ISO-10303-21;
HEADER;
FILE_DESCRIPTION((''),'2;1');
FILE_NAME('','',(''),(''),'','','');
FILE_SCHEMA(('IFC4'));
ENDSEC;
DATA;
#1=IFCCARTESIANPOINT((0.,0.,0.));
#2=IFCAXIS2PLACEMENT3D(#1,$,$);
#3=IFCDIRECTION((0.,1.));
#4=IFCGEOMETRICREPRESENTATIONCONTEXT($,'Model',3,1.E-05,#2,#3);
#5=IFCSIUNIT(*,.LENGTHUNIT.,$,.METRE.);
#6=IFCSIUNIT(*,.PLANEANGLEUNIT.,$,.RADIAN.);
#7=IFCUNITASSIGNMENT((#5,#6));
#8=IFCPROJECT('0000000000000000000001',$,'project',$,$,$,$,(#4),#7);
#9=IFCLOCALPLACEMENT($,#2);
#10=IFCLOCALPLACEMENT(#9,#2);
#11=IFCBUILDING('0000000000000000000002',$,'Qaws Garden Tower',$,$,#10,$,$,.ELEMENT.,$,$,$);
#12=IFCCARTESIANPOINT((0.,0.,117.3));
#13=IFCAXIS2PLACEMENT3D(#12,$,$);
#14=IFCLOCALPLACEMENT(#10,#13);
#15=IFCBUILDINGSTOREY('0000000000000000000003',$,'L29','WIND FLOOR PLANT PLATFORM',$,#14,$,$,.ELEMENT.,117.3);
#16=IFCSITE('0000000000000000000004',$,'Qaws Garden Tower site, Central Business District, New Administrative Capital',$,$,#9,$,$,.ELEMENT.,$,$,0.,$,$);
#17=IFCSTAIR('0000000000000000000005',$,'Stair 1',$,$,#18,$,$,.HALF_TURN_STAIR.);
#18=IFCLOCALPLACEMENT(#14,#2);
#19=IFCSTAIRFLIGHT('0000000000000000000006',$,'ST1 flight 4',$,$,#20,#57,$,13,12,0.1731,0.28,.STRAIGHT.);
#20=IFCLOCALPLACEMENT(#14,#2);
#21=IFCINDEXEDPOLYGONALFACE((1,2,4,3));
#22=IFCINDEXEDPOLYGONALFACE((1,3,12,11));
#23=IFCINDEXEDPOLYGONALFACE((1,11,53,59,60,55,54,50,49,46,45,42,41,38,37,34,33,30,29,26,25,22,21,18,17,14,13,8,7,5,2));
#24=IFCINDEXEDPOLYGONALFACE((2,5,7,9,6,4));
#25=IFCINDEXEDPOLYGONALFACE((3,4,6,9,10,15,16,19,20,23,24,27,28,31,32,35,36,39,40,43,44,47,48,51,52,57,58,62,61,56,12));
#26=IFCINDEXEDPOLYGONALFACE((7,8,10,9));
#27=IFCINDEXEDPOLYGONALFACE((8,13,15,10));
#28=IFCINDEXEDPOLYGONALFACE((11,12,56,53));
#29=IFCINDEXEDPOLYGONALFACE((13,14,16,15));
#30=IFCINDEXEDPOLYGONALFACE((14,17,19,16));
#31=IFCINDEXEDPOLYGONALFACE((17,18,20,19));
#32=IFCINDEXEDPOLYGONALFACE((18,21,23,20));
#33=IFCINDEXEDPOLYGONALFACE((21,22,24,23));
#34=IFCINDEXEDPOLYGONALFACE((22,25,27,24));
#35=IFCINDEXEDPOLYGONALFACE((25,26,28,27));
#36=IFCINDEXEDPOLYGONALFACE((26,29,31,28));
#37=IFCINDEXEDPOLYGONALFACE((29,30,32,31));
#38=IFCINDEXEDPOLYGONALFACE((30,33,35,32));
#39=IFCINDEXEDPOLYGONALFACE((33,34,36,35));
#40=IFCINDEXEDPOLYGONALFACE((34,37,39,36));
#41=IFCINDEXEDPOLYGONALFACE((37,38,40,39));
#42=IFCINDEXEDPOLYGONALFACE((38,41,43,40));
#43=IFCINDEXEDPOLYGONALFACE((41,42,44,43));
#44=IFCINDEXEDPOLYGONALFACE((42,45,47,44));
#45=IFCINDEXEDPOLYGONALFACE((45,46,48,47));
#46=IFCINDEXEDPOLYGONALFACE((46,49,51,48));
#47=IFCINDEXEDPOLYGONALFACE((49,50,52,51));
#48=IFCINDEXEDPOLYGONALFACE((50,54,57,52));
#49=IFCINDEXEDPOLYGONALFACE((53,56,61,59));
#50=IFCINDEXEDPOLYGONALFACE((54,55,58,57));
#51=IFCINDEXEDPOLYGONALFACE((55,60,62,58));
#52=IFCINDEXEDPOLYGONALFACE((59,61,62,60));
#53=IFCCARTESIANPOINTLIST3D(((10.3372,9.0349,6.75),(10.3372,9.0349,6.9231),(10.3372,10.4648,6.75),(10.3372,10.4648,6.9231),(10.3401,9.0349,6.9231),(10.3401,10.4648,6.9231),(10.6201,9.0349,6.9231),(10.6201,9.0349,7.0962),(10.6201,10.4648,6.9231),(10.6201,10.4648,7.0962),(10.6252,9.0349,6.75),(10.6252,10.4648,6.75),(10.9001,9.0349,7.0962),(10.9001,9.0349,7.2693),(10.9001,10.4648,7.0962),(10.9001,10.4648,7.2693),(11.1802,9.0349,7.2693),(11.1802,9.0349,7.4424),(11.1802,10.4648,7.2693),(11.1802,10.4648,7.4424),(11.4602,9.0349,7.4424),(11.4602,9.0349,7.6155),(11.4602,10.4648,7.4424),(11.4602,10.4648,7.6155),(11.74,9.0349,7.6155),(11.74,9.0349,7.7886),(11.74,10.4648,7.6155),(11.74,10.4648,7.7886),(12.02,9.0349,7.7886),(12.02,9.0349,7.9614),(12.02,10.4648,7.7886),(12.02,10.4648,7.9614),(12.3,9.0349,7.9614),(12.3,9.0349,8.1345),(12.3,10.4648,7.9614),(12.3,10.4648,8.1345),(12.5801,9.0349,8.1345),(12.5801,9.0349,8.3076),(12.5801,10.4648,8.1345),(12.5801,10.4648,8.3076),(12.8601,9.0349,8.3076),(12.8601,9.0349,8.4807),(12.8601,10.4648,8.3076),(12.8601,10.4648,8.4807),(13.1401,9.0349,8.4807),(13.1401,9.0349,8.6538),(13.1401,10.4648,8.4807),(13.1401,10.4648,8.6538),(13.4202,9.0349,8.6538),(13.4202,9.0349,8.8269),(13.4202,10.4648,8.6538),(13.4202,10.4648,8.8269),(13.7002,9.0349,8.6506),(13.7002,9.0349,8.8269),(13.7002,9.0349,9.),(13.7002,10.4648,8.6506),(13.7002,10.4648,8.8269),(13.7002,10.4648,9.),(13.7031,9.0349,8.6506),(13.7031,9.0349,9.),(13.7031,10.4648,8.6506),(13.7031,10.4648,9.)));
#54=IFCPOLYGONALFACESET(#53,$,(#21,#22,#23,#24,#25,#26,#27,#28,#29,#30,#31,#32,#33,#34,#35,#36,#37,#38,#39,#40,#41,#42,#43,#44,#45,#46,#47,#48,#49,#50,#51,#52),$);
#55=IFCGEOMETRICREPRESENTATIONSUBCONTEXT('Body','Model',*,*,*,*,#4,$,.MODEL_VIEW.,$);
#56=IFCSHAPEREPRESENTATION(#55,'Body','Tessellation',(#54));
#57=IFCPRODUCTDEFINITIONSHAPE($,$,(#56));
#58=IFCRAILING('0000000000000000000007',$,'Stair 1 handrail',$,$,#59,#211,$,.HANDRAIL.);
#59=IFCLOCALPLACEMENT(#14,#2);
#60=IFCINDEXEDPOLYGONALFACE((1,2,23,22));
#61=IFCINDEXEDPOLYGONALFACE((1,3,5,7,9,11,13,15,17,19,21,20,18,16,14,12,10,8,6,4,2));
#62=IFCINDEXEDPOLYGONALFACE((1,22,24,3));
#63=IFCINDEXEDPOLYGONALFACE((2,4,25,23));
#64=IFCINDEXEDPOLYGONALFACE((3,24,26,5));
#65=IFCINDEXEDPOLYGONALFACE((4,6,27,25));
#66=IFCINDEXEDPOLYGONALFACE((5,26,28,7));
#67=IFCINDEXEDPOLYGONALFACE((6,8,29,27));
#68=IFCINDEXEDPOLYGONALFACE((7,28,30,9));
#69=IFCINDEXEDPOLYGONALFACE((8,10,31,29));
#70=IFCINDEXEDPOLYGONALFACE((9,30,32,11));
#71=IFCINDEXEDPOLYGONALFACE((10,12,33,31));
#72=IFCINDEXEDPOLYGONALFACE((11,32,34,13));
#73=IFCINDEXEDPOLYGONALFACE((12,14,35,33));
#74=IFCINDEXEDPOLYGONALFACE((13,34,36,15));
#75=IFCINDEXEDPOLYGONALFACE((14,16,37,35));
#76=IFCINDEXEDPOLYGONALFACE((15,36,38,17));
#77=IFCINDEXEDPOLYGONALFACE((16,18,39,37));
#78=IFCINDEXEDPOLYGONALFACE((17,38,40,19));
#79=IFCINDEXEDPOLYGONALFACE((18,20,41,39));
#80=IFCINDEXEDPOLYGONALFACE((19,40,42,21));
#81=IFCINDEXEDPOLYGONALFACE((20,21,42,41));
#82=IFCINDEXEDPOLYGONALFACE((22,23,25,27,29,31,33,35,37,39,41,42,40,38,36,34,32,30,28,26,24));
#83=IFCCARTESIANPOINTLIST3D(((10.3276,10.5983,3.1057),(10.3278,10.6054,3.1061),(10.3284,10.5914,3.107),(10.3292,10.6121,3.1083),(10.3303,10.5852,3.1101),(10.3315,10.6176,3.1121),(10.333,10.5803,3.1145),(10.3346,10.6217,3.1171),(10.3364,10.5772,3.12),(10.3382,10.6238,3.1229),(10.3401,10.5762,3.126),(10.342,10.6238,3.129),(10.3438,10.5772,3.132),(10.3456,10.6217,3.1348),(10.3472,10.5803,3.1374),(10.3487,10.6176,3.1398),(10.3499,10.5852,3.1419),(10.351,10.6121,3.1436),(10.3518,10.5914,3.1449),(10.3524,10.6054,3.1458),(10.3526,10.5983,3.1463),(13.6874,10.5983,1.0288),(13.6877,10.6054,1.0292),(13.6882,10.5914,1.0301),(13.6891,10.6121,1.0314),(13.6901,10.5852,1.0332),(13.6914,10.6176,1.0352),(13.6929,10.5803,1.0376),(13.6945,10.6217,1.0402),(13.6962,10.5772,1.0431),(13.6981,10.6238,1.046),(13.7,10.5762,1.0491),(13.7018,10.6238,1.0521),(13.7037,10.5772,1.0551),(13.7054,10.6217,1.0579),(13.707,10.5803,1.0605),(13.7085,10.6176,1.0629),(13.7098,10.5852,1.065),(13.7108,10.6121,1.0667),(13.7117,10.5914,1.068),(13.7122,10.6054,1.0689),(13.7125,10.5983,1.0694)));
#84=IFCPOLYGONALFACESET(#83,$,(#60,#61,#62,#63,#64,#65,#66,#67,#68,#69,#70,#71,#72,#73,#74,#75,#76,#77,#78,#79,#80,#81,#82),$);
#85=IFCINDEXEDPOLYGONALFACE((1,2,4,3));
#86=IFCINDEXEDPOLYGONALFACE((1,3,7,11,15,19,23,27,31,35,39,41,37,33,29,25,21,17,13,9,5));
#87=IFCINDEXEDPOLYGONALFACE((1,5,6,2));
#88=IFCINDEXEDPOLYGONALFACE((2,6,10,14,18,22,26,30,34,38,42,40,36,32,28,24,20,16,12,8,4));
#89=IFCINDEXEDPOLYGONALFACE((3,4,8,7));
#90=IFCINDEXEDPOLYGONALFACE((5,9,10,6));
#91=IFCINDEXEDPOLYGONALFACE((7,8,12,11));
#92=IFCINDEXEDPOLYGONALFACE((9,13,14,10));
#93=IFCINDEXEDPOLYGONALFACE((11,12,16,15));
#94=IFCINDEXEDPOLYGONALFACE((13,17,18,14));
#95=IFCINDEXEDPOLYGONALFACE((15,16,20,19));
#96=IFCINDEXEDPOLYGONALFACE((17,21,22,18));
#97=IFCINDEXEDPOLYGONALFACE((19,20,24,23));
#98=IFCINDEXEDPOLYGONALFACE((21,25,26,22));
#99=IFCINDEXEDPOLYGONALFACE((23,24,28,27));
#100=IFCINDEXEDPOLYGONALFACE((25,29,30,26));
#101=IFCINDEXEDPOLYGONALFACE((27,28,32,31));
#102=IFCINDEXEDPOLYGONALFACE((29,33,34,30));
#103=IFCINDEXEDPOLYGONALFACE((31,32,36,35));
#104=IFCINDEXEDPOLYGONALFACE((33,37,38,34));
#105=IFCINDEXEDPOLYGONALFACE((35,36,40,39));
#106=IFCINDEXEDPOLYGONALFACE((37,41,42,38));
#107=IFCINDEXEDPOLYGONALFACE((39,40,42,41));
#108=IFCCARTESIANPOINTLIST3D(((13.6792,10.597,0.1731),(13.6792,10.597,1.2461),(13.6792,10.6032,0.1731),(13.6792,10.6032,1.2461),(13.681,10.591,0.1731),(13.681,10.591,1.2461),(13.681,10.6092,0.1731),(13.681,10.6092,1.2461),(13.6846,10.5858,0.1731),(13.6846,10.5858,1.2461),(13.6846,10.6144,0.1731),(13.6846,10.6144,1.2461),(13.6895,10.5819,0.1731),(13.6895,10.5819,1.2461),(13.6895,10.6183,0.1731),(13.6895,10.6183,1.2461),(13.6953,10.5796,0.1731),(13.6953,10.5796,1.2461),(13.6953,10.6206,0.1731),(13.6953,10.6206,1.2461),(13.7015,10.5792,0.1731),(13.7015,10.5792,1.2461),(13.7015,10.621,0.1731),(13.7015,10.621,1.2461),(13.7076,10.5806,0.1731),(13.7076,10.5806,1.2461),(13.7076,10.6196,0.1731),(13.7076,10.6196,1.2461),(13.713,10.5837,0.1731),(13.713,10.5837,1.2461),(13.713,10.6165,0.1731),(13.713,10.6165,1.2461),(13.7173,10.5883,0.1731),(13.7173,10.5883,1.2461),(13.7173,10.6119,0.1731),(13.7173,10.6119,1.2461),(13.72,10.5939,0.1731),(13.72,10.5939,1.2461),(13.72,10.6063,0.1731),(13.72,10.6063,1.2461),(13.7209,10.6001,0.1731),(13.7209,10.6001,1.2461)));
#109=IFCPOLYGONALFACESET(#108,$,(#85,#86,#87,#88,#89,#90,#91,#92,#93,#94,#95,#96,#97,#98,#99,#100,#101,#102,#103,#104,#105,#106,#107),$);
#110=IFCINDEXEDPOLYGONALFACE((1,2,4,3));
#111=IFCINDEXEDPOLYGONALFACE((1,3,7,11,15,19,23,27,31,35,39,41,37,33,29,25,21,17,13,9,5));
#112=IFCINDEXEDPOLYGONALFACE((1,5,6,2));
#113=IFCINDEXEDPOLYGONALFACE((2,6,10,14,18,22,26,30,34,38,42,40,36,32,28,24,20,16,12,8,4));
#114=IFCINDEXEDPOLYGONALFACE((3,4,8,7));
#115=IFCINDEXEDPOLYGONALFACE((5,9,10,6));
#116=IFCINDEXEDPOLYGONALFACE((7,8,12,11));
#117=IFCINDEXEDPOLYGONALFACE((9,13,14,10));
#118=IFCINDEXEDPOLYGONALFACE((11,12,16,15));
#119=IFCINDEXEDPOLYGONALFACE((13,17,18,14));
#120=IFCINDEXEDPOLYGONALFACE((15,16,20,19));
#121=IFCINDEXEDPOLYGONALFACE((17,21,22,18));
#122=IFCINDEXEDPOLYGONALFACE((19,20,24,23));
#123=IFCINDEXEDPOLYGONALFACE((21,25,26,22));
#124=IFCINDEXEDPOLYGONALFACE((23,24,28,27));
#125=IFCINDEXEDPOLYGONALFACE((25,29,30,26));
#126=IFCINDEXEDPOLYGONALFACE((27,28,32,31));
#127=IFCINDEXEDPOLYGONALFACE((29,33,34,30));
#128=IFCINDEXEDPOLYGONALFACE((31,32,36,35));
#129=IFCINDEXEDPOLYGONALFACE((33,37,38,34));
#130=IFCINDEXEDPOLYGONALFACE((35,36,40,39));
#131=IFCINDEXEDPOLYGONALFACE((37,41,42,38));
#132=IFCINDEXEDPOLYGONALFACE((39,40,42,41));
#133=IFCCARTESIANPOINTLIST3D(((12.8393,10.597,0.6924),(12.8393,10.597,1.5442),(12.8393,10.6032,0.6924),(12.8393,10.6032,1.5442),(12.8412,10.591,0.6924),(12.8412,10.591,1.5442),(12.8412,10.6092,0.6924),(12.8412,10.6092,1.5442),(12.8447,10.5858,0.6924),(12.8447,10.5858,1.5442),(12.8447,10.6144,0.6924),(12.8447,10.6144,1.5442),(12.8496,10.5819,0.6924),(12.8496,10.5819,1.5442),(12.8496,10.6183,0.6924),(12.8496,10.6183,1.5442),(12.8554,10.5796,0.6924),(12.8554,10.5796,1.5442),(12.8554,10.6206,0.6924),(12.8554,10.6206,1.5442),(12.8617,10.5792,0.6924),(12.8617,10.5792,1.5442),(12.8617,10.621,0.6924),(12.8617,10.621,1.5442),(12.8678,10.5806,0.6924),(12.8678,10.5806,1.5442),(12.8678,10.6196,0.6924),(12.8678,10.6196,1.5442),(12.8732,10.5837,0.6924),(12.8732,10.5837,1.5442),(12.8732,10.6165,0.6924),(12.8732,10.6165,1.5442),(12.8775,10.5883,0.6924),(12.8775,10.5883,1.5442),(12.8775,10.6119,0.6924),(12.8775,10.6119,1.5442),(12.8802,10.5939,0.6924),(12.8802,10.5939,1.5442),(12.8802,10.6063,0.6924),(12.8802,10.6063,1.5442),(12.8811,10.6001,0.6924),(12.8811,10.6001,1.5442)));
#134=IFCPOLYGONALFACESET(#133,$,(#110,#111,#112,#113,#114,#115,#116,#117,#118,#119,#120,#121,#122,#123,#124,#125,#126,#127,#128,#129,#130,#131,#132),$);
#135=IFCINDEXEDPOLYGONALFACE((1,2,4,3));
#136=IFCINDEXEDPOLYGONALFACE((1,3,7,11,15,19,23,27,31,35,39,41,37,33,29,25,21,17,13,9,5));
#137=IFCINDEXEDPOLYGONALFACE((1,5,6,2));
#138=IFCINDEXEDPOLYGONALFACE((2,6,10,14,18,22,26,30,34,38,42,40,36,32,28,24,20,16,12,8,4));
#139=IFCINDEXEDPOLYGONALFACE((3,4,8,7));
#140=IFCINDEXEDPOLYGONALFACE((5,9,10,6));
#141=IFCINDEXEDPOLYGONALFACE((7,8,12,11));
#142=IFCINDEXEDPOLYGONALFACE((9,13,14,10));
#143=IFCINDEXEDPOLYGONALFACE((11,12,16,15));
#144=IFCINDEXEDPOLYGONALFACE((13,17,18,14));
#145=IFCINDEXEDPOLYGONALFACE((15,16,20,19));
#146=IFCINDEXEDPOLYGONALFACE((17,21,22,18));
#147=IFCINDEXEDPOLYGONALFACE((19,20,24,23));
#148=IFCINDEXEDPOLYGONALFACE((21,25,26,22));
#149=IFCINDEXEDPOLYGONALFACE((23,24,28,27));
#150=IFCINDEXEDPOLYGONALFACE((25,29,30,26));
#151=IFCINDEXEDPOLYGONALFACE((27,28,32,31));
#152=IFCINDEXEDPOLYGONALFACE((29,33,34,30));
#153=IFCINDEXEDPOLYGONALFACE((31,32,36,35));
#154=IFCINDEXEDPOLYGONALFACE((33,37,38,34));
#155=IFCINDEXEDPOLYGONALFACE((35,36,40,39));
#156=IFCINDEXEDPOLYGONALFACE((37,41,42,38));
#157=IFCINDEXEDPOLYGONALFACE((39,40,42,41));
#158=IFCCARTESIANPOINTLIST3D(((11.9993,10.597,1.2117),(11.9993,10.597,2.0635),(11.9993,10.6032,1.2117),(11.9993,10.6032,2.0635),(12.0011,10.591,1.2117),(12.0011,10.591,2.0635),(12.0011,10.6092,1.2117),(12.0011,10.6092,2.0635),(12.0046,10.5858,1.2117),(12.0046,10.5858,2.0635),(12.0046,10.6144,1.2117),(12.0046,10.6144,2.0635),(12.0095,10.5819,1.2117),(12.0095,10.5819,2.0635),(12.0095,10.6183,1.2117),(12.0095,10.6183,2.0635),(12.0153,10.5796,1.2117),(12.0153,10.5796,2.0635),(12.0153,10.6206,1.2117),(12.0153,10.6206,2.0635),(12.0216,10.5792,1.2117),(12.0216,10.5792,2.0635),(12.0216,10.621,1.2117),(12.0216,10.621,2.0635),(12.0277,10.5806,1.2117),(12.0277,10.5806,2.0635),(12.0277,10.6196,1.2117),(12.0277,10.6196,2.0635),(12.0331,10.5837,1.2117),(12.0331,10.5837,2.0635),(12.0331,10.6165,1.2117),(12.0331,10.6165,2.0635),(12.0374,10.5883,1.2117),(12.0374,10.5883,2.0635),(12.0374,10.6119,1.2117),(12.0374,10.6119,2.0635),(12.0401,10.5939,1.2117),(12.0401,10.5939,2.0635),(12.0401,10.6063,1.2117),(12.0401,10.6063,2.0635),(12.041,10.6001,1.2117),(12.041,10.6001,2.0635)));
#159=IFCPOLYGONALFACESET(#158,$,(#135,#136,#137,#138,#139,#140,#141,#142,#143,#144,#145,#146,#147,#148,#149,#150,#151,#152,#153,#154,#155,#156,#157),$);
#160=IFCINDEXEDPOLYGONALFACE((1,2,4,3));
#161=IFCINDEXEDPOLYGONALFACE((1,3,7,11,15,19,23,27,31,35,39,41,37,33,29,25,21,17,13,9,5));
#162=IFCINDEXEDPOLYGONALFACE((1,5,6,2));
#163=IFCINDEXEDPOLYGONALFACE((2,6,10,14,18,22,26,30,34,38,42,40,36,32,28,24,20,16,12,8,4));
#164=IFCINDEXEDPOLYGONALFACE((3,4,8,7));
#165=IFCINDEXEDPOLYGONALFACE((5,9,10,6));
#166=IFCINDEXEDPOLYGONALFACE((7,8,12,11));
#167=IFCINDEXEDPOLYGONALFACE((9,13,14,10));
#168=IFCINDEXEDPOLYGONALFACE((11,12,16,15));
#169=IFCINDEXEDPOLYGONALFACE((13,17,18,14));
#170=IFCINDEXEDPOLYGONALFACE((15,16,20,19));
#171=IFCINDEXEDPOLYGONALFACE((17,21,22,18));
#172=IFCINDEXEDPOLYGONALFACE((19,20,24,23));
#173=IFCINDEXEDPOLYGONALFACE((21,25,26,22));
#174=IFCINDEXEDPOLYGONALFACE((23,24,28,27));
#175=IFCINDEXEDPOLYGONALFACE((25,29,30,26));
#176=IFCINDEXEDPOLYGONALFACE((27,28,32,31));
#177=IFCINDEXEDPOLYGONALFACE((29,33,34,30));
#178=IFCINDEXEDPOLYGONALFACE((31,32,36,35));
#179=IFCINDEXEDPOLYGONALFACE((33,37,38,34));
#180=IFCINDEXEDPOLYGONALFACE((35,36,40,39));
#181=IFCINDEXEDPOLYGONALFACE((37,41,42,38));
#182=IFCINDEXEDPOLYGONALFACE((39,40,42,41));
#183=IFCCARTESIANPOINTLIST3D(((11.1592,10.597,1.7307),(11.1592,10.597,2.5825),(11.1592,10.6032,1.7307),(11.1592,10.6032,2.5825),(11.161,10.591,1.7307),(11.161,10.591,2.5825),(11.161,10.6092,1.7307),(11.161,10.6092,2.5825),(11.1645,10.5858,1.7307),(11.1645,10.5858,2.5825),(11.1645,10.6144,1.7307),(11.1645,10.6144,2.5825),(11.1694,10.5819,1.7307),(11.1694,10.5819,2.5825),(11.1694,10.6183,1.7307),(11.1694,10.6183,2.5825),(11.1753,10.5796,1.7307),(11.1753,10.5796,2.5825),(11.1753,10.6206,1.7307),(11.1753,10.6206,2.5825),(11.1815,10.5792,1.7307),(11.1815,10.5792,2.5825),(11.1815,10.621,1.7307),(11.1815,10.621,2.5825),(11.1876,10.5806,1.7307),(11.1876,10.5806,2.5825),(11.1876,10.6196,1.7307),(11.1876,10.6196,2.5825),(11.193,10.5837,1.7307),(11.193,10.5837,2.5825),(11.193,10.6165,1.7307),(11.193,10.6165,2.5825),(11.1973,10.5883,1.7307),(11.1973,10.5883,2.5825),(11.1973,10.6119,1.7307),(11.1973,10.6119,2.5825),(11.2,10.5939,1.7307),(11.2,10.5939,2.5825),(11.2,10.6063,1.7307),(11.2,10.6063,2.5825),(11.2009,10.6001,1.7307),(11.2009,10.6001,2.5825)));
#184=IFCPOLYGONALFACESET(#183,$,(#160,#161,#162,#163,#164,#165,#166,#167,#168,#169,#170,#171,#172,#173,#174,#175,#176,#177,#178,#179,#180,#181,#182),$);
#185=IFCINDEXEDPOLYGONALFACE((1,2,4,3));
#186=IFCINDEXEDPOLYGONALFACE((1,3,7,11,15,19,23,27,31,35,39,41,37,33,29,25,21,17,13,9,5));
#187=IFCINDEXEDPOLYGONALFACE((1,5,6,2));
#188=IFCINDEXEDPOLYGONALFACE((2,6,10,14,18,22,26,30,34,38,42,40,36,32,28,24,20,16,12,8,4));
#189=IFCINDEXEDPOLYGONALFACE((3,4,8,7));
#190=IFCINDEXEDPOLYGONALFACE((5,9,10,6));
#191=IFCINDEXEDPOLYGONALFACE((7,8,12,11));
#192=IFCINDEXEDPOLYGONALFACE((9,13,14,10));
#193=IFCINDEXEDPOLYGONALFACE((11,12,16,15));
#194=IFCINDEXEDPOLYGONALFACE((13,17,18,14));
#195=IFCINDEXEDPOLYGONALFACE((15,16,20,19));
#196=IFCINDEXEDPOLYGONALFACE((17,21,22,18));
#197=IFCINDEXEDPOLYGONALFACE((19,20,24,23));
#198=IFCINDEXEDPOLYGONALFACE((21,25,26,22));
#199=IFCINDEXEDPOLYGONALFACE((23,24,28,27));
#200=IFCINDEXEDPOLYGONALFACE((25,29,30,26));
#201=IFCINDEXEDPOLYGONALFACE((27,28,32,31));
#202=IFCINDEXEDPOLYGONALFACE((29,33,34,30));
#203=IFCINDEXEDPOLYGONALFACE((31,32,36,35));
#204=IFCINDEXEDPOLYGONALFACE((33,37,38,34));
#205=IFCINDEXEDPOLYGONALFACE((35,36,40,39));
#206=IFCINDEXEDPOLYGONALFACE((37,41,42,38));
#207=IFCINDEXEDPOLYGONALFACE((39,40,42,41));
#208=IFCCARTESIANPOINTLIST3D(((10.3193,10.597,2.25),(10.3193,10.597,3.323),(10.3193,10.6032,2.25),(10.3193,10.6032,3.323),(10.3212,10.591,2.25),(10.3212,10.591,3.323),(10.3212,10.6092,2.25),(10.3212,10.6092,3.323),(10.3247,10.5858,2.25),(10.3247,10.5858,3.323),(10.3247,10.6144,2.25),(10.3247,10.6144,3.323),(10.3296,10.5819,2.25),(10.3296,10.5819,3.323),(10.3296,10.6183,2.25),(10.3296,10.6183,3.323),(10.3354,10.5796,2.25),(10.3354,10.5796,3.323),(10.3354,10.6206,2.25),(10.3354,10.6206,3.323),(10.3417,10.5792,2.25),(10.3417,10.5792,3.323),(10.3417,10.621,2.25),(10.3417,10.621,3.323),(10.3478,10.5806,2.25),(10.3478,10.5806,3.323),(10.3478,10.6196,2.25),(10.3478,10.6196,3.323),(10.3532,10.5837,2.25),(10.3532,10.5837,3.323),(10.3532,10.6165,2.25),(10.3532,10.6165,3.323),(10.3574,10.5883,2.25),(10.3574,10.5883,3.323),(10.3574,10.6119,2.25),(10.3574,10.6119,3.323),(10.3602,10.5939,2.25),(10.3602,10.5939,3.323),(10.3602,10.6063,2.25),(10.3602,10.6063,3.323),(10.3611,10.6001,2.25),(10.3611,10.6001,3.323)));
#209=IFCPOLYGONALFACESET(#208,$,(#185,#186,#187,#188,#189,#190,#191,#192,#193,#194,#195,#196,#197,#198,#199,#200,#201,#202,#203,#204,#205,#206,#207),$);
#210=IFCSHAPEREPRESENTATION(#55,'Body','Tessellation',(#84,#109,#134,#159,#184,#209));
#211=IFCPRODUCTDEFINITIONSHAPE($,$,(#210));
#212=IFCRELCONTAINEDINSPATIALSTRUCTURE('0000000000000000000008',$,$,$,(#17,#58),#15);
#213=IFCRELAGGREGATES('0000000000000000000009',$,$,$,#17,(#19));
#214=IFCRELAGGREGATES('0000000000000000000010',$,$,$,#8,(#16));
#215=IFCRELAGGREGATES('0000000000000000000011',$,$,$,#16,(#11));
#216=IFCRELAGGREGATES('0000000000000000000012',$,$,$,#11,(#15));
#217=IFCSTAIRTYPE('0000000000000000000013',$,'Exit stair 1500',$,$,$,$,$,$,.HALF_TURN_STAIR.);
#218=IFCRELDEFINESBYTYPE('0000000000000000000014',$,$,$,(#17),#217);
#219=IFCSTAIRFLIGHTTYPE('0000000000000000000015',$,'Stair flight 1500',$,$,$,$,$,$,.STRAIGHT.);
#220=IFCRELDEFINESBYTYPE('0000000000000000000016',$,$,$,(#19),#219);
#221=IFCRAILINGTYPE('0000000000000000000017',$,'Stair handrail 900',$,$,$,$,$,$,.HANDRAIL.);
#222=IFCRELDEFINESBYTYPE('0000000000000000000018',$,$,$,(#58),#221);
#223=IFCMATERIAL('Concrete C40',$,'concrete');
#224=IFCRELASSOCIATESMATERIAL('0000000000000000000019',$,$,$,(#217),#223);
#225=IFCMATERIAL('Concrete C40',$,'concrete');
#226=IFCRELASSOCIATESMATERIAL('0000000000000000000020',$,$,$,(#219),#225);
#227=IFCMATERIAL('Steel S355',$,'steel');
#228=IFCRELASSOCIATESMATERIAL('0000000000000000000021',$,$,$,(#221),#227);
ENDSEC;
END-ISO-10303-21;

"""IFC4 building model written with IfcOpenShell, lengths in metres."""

from ifc_helpers import new_model, si_unit, direction, frame, origin, origin_2d, place, context, subcontext, project, spatial, polyline, circle, outline, extrude, material, type_object, element, aggregate, save


model = new_model("IFC4")

# Units and contexts
model_context = context("Model", 3, precision=1e-05, world=origin(), true_north=direction((0.0, 1.0)))
body_context = subcontext(model_context, "Body", "Model", "MODEL_VIEW")
ifc_project = project(units=[si_unit("LENGTHUNIT", "METRE"), si_unit("PLANEANGLEUNIT", "RADIAN")], contexts=[model_context])

# Site, building, storey
site_placement = place(None, origin())
site = spatial("IfcSite", under=ifc_project, at=site_placement, Name="Qaws Garden Tower site, Central Business District, New Administrative Capital", CompositionType="ELEMENT", RefElevation=0.0)
building_placement = place(site_placement, origin())
building = spatial("IfcBuilding", under=site, at=building_placement, Name="Qaws Garden Tower", CompositionType="ELEMENT")
storey_placement = place(building_placement, frame((0.0, 0.0, 117.3)))
storey = spatial("IfcBuildingStorey", under=building, at=storey_placement, Name="L29", Description="WIND FLOOR PLANT PLATFORM", CompositionType="ELEMENT", Elevation=117.3)

# Stair, stair flight
ifc_material_1 = material(Name="Concrete C40", Category="concrete")
stair_type = type_object("IfcStairType", Name="Exit stair 1500", PredefinedType="HALF_TURN_STAIR", material=ifc_material_1)
stair_placement = place(storey_placement, origin())
stair = element("IfcStair", 1, at=stair_placement, inside=storey, type_object=stair_type, Name="Stair 1", PredefinedType="HALF_TURN_STAIR")
ifc_material_2 = material(Name="Concrete C40", Category="concrete")
stair_flight_type = type_object("IfcStairFlightType", Name="Stair flight 1500", PredefinedType="STRAIGHT", material=ifc_material_2)
stair_flight_1_placement = place(storey_placement, frame((10.3401, 9.75, 6.75), z_axis=(0.0, 0.0, 1.0), x_axis=(1.0, 0.0, 0.0)))
stair_flight_1 = element("IfcStairFlight", 2, at=stair_flight_1_placement, type_object=stair_flight_type, Name="ST1 flight 4", NumberOfRisers=13, NumberOfTreads=12, PredefinedType="STRAIGHT", RiserHeight=0.1731, TreadLength=0.28, context=body_context, shape_type="SweptSolid", body=[
    extrude(outline(polyline([(-0.0029, 0.0), (-0.0029, 0.1731), (0.0, 0.1731), (0.28, 0.1731), (0.28, 0.3462), (0.5601, 0.3462), (0.5601, 0.5193), (0.8401, 0.5193), (0.8401, 0.6924), (1.1201, 0.6924), (1.1201, 0.8655), (1.3999, 0.8655), (1.3999, 1.0386), (1.6799, 1.0386), (1.6799, 1.2114), (1.96, 1.2114), (1.96, 1.3845), (2.24, 1.3845), (2.24, 1.5576), (2.52, 1.5576), (2.52, 1.7307), (2.8, 1.7307), (2.8, 1.9038), (3.0801, 1.9038), (3.0801, 2.0769), (3.3601, 2.0769), (3.3601, 2.25), (3.363, 2.25), (3.363, 1.9006), (3.3601, 1.9006), (0.2852, 0.0), (-0.0029, 0.0)])), frame((0.0, 0.7148, 0.0), z_axis=(0.0, -1.0, 0.0), x_axis=(1.0, 0.0, 0.0)), (0.0, 0.0, 1.0), 1.4299),
])
aggregate(stair, [stair_flight_1])

# Railing
ifc_material_3 = material(Name="Steel S355", Category="steel")
railing_type_1 = type_object("IfcRailingType", Name="Stair handrail 900", PredefinedType="HANDRAIL", material=ifc_material_3)
railing_1_placement = place(storey_placement, frame((13.7, 10.6001, 0.1731)))
element("IfcRailing", 3, at=railing_1_placement, inside=storey, type_object=railing_type_1, Name="Stair 1 handrail", PredefinedType="HANDRAIL", context=body_context, shape_type="SweptSolid", body=[
    extrude(circle(Radius=0.0239, at=origin_2d()), frame((0.0, 0.0, 0.876), z_axis=(-0.850606, 0.0, 0.525803), x_axis=(0.0, -1.0, 0.0)), (0.0, 0.0, 1.0), 3.95),
    extrude(circle(Radius=0.021, at=origin_2d()), origin(), (0.0, 0.0, 1.0), 1.073),
    extrude(circle(Radius=0.021, at=origin_2d()), frame((-0.8398, 0.0, 0.5193)), (0.0, 0.0, 1.0), 0.8518),
    extrude(circle(Radius=0.021, at=origin_2d()), frame((-1.6799, 0.0, 1.0386)), (0.0, 0.0, 1.0), 0.8518),
    extrude(circle(Radius=0.021, at=origin_2d()), frame((-2.52, 0.0, 1.5576)), (0.0, 0.0, 1.0), 0.8518),
    extrude(circle(Radius=0.021, at=origin_2d()), frame((-3.3599, 0.0, 2.0769)), (0.0, 0.0, 1.0), 1.073),
])

save(model, "model.ifc")
